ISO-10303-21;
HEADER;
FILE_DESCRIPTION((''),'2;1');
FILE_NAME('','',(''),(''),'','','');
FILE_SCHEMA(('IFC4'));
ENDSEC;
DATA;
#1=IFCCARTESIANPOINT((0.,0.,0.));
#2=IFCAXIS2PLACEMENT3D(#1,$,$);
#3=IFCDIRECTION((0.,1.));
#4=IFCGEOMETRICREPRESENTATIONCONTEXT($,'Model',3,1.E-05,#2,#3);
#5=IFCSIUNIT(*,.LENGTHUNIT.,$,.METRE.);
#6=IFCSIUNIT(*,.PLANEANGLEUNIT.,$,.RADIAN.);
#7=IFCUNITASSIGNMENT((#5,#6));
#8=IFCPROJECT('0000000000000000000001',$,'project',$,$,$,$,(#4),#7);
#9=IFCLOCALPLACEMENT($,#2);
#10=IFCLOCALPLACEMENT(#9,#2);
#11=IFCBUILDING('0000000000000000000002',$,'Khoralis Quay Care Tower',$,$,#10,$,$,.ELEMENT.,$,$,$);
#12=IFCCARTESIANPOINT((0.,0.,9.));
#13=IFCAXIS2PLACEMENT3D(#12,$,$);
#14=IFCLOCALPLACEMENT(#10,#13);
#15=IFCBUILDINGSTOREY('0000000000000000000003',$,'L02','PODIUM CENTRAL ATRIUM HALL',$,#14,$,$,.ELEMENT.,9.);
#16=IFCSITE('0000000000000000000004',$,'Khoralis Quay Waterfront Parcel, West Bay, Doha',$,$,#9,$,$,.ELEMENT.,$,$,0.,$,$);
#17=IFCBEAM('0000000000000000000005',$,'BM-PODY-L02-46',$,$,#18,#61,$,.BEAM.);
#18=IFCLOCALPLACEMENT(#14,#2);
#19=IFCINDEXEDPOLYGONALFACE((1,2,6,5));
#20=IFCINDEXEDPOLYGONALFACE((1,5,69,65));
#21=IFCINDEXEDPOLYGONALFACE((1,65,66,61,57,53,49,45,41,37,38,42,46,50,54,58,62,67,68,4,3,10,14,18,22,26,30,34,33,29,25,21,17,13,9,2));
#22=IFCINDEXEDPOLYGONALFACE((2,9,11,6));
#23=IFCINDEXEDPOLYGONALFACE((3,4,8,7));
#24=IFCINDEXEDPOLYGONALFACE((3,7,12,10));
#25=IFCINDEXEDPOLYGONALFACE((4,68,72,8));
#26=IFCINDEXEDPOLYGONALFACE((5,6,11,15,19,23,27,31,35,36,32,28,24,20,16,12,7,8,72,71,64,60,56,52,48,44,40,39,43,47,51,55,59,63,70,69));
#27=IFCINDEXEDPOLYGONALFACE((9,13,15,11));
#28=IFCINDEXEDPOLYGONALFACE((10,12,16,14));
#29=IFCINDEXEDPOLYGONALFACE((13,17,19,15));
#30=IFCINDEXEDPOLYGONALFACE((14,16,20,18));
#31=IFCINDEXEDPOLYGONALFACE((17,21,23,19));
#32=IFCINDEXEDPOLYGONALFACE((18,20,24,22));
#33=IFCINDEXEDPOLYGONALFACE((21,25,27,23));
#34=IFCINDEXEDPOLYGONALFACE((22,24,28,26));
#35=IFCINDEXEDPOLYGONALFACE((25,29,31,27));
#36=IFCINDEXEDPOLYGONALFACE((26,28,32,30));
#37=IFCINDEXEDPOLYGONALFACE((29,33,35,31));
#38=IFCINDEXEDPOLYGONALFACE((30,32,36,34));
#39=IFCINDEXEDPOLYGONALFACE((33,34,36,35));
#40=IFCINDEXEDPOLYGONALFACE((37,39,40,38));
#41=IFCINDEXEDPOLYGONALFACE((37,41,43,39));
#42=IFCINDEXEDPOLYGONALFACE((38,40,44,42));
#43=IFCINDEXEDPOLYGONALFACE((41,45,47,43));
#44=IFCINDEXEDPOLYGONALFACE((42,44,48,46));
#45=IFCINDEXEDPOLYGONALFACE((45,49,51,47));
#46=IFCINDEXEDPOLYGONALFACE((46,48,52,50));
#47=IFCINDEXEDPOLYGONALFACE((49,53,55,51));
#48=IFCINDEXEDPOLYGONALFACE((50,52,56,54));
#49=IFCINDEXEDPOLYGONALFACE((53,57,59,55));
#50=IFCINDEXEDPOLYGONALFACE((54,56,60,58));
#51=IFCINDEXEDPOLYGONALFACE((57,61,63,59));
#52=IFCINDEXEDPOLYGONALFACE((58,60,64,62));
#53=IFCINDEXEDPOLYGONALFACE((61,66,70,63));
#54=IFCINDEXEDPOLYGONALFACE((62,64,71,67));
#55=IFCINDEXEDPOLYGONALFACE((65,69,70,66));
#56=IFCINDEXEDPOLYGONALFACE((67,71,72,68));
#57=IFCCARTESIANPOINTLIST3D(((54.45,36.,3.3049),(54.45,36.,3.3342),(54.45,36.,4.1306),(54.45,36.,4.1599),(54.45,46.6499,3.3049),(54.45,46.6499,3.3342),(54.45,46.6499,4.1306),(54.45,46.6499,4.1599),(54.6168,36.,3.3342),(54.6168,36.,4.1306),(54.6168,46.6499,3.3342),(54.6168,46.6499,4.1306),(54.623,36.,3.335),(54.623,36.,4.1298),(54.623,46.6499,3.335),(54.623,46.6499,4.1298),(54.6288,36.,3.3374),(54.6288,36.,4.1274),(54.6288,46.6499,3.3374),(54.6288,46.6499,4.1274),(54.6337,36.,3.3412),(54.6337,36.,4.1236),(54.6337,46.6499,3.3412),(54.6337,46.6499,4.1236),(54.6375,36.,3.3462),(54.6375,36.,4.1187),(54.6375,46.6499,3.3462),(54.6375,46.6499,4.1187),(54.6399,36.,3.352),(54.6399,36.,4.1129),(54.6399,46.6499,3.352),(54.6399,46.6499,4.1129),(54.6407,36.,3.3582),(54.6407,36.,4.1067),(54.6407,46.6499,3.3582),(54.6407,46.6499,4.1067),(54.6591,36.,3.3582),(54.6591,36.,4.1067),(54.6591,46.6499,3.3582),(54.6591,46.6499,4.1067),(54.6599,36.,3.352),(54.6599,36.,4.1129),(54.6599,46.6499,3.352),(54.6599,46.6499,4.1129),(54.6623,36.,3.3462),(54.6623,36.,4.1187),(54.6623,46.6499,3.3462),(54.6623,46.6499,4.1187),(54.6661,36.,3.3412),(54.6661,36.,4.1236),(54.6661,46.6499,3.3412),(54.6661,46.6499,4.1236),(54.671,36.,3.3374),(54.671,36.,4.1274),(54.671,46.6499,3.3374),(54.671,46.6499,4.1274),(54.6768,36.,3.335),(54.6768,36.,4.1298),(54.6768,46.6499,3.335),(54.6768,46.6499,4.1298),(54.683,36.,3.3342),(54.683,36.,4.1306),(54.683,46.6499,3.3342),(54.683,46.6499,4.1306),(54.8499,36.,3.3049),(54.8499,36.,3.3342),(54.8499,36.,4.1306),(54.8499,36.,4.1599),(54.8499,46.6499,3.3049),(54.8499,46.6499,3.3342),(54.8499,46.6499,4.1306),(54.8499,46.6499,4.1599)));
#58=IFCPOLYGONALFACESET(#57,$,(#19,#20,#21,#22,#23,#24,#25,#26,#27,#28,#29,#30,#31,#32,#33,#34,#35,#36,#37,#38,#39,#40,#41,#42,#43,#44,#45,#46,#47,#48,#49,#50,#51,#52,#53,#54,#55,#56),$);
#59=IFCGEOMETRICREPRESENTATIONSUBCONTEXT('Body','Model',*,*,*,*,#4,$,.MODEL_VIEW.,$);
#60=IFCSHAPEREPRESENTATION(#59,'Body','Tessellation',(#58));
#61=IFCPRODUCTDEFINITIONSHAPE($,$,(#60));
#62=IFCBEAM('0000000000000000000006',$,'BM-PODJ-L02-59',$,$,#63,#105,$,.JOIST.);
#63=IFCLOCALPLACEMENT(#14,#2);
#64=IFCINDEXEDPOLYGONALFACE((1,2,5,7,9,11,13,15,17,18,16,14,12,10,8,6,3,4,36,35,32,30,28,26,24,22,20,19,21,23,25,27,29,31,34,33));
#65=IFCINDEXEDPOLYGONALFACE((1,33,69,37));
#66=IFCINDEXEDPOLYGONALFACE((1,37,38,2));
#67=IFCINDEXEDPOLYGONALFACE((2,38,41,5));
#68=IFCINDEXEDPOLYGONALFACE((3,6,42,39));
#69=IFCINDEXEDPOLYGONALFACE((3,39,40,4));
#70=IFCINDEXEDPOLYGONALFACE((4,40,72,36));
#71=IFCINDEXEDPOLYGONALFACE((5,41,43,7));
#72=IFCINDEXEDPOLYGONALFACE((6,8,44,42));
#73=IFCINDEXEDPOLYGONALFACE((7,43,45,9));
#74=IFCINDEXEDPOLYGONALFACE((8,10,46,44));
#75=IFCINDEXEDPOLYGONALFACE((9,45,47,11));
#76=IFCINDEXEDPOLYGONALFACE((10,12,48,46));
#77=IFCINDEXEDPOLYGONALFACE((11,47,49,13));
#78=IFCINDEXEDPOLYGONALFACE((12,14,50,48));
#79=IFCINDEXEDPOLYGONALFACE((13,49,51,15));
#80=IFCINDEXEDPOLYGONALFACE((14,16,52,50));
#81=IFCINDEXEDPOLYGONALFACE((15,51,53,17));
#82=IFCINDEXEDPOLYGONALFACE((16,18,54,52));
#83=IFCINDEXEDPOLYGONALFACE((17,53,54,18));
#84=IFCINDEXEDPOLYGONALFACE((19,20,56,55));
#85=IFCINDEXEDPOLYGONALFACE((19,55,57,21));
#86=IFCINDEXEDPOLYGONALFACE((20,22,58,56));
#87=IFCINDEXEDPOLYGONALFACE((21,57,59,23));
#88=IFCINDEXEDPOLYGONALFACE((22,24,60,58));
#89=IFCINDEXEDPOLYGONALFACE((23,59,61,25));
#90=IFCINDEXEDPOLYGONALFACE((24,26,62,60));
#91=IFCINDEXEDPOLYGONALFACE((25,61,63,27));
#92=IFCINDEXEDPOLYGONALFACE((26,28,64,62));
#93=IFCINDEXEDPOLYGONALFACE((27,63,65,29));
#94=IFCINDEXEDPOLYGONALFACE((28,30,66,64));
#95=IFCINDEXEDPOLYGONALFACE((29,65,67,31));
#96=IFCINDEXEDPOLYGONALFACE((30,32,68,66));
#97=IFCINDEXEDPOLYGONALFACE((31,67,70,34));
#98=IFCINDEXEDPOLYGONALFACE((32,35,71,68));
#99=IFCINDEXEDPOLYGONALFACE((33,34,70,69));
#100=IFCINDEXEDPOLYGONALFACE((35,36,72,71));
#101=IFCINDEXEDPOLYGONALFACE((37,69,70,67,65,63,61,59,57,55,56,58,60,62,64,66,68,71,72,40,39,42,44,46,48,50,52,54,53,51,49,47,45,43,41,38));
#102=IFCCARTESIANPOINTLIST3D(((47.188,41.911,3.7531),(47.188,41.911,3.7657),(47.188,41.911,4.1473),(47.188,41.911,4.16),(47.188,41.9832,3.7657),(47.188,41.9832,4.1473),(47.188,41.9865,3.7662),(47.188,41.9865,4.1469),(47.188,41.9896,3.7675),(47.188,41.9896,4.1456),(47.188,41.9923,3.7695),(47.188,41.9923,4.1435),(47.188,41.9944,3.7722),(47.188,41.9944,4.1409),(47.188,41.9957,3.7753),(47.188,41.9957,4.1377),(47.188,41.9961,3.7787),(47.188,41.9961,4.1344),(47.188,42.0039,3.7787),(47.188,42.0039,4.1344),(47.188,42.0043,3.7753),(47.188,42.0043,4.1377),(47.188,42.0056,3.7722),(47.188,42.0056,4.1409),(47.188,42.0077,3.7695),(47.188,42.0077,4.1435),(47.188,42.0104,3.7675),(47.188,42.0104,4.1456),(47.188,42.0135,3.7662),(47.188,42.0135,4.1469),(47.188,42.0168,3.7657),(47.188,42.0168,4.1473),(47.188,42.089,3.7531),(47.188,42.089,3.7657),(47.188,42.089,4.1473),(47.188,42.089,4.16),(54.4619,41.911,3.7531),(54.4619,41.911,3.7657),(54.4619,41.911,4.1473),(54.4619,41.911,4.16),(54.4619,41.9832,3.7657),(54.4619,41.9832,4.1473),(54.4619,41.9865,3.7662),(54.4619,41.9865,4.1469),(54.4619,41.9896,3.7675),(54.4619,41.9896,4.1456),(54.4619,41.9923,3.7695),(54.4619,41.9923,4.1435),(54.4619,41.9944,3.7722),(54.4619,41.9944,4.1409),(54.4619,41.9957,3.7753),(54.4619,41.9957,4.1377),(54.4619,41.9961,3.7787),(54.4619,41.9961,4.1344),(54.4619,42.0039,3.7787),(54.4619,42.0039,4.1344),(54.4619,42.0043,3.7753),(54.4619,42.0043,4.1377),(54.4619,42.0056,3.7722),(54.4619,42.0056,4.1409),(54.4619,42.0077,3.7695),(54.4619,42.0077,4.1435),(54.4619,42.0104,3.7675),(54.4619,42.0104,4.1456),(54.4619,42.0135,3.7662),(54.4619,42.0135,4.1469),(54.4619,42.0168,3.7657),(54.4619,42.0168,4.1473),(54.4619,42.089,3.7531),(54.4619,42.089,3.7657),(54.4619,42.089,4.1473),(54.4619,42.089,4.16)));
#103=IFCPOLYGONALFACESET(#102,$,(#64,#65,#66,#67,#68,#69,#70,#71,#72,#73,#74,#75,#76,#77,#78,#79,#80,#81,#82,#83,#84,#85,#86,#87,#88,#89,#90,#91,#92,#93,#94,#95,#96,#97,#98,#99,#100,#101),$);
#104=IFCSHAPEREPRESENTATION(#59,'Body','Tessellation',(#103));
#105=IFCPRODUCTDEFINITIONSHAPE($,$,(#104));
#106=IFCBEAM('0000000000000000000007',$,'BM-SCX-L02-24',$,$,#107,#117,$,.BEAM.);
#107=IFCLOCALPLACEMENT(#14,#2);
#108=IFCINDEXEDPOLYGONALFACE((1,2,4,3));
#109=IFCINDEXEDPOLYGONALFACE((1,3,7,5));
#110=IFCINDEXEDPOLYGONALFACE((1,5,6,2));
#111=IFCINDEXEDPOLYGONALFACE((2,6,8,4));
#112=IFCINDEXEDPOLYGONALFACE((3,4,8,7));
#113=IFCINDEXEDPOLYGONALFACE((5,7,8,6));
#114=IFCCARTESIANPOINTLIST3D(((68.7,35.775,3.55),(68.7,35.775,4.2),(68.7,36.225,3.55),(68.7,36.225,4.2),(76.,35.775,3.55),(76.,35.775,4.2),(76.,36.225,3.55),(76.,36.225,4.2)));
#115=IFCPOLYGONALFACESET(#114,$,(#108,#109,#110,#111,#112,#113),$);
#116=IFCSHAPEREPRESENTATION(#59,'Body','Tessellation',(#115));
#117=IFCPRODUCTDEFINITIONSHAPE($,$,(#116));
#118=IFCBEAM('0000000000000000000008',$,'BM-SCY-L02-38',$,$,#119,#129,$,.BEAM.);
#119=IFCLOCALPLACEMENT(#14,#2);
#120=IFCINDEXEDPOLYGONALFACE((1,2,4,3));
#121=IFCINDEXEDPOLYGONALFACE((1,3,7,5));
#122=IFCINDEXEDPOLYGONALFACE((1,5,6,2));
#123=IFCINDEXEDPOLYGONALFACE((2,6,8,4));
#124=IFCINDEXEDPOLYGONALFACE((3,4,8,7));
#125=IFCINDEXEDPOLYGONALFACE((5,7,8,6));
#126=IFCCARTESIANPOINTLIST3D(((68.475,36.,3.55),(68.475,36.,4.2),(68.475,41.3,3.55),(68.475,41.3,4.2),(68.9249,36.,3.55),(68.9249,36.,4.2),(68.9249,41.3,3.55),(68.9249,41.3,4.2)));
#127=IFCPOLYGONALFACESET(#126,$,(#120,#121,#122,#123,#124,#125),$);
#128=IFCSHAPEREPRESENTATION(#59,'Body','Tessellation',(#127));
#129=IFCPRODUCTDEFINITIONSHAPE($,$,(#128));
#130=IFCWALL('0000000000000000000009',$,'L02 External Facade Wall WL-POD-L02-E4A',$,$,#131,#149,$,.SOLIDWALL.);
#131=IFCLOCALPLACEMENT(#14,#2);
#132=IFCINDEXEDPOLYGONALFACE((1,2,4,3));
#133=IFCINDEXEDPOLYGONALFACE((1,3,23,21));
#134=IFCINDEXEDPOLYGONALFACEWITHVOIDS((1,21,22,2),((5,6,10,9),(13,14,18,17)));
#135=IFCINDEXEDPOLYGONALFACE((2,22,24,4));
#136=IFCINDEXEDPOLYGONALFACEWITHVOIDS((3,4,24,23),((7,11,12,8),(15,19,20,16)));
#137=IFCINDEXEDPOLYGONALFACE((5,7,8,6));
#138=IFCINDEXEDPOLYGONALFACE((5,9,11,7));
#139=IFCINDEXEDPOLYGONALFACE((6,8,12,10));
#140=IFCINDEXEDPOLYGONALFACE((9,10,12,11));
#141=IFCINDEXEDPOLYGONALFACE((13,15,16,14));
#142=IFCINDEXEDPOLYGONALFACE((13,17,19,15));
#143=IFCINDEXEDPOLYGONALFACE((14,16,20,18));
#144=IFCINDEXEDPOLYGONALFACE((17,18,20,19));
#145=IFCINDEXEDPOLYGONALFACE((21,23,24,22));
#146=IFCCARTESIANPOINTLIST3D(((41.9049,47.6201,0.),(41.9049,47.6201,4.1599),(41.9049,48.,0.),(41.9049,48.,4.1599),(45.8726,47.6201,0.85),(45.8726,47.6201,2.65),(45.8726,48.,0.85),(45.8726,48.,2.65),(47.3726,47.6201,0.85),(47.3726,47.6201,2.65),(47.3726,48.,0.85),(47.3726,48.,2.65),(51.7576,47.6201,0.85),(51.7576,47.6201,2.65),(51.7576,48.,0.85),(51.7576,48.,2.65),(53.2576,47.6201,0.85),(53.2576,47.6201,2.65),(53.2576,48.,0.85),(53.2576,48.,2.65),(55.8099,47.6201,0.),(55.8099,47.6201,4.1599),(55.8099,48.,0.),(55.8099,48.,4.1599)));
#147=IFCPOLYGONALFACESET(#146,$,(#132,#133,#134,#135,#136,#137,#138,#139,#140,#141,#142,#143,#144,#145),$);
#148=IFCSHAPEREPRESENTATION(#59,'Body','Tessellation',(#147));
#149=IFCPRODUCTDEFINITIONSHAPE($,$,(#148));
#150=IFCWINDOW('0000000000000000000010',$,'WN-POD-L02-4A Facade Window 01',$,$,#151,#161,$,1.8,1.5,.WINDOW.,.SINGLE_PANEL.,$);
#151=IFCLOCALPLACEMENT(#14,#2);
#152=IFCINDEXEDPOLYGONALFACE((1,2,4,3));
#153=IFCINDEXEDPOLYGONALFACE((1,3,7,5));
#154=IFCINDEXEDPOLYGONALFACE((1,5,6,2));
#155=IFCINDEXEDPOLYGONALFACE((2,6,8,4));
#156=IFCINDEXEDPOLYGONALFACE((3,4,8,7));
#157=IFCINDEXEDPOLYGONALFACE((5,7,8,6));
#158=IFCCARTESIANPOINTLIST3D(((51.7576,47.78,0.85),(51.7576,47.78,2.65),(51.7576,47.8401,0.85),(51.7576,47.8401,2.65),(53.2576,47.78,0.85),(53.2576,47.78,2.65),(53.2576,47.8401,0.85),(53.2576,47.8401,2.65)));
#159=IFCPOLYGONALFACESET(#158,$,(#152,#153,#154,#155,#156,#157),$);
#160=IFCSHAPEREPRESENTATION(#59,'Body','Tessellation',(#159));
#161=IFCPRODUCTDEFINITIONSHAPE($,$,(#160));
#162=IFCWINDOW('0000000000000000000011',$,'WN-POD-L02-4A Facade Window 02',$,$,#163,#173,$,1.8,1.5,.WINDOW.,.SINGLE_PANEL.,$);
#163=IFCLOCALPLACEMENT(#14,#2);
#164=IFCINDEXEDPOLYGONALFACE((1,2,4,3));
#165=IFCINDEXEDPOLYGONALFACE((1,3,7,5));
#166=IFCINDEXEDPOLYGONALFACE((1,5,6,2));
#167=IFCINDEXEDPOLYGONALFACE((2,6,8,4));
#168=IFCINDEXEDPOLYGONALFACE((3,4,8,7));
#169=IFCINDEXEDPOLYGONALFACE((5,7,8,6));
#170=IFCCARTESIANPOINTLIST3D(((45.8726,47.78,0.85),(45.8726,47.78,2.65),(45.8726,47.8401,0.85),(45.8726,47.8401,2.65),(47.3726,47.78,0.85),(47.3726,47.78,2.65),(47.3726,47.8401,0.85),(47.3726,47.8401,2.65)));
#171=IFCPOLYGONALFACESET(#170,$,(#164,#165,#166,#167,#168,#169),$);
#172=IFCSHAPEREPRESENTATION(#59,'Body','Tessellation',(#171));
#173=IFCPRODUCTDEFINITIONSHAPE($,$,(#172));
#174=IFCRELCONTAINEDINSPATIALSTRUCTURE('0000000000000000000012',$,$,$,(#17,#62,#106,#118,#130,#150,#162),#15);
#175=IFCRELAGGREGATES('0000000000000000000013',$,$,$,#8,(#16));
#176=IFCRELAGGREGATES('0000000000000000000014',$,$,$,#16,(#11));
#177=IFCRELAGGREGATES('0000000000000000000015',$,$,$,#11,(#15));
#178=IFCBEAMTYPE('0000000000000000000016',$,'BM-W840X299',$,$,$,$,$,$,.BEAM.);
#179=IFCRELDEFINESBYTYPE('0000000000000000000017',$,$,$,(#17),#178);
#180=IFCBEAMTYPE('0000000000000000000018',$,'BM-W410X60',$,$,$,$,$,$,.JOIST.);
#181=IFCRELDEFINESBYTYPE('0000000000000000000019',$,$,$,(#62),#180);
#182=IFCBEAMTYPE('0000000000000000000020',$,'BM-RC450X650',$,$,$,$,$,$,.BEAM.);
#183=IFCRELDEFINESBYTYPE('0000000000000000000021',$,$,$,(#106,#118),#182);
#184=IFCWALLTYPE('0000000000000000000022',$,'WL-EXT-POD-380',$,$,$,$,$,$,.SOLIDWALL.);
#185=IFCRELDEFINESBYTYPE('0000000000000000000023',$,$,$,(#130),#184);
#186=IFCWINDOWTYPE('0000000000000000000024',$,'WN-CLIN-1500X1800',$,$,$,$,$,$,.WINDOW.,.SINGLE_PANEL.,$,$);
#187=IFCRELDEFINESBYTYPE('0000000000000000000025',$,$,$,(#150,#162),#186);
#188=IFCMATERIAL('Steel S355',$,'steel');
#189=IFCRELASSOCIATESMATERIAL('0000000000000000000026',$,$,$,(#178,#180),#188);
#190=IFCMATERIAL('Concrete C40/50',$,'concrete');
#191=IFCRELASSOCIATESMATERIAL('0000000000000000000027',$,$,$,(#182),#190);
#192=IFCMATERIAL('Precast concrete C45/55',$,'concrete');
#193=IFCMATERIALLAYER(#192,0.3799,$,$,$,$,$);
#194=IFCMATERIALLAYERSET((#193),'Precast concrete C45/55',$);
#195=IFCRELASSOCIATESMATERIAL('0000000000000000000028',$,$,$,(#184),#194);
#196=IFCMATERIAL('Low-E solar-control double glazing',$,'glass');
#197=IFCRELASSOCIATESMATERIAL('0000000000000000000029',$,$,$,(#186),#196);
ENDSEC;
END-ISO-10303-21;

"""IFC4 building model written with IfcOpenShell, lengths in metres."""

from ifc_helpers import new_model, si_unit, direction, frame, frame_2d, origin, origin_2d, place, context, subcontext, project, spatial, rectangle, i_section, extrude, source, transform, mapped, material, layer, layer_set, material_profile, profile_set, type_object, element, fill, save


model = new_model("IFC4")

# Units and contexts
model_context = context("Model", 3, precision=1e-05, world=origin(), true_north=direction((0.0, 1.0)))
body_context = subcontext(model_context, "Body", "Model", "MODEL_VIEW")
ifc_project = project(units=[si_unit("LENGTHUNIT", "METRE"), si_unit("PLANEANGLEUNIT", "RADIAN")], contexts=[model_context])

# Site, building, storey
site_placement = place(None, origin())
site = spatial("IfcSite", under=ifc_project, at=site_placement, Name="Khoralis Quay Waterfront Parcel, West Bay, Doha", CompositionType="ELEMENT", RefElevation=0.0)
building_placement = place(site_placement, origin())
building = spatial("IfcBuilding", under=site, at=building_placement, Name="Khoralis Quay Care Tower", CompositionType="ELEMENT")
storey_placement = place(building_placement, frame((0.0, 0.0, 9.0)))
storey = spatial("IfcBuildingStorey", under=building, at=storey_placement, Name="L02", Description="PODIUM CENTRAL ATRIUM HALL", CompositionType="ELEMENT", Elevation=9.0)

# Shared definitions
ifc_material_1 = material(Name="Concrete C40/50", Category="concrete")

# Beams
ifc_material_2 = material(Name="Steel S355", Category="steel")
ifc_material_profile_1 = material_profile(ifc_material_2, i_section(OverallWidth=0.3999, OverallDepth=0.855, WebThickness=0.0183, FlangeThickness=0.0293, FilletRadius=0.0239, at=origin_2d()), Name="Steel S355")
ifc_profile_set_1 = profile_set([ifc_material_profile_1], Name="Steel S355")
beam_type_1 = type_object("IfcBeamType", Name="BM-W840X299", PredefinedType="BEAM", material=ifc_profile_set_1)
shared_shape_1 = source(origin(), body_context, "Body", "SweptSolid", [
    extrude(i_section(OverallWidth=0.3999, OverallDepth=0.855, WebThickness=0.0183, FlangeThickness=0.0293, FilletRadius=0.0239, at=origin_2d()), origin(), (0.0, 0.0, 1.0), 10.6499),
])
for number, where, z_axis, x_axis, name in (
    (1, (54.6499, 36.0, 3.7324), (0.0, 1.0, 0.0), (-1.0, 0.0, 0.0), "BM-PODY-L02-46"),
):
    element("IfcBeam", number, at=place(storey_placement, frame(where, z_axis=z_axis, x_axis=x_axis)), inside=storey, type_object=beam_type_1, Name=name, PredefinedType="BEAM", context=body_context, shape_type="MappedRepresentation", body=[
        mapped(shared_shape_1, transform((0.0, 0.0, 0.0), scale=1.0)),
    ])
ifc_material_profile_2 = material_profile(ifc_material_2, i_section(OverallWidth=0.178, OverallDepth=0.407, WebThickness=0.0078, FlangeThickness=0.0127, FilletRadius=0.0129, at=origin_2d()), Name="Steel S355")
ifc_profile_set_2 = profile_set([ifc_material_profile_2], Name="Steel S355")
beam_type_2 = type_object("IfcBeamType", Name="BM-W410X60", PredefinedType="JOIST", material=ifc_profile_set_2)
shared_shape_2 = source(origin(), body_context, "Body", "SweptSolid", [
    extrude(i_section(OverallWidth=0.178, OverallDepth=0.407, WebThickness=0.0078, FlangeThickness=0.0127, FilletRadius=0.0129, at=origin_2d()), origin(), (0.0, 0.0, 1.0), 7.2739),
])
beam_1_placement = place(storey_placement, frame((47.188, 42.0, 3.9565), z_axis=(1.0, 0.0, 0.0), x_axis=(0.0, 1.0, 0.0)))
element("IfcBeam", 2, at=beam_1_placement, inside=storey, type_object=beam_type_2, Name="BM-PODJ-L02-59", PredefinedType="JOIST", context=body_context, shape_type="MappedRepresentation", body=[
    mapped(shared_shape_2, transform((0.0, 0.0, 0.0), scale=1.0)),
])
ifc_material_profile_3 = material_profile(ifc_material_1, rectangle(XDim=0.45, YDim=0.6499, at=origin_2d()), Name="Concrete C40/50")
ifc_profile_set_3 = profile_set([ifc_material_profile_3], Name="Concrete C40/50")
beam_type_3 = type_object("IfcBeamType", Name="BM-RC450X650", PredefinedType="BEAM", material=ifc_profile_set_3)
shared_shape_3 = source(origin(), body_context, "Body", "SweptSolid", [
    extrude(rectangle(XDim=0.45, YDim=0.6499, at=origin_2d()), origin(), (0.0, 0.0, 1.0), 7.3),
])
beam_2_placement = place(storey_placement, frame((68.7, 36.0, 3.875), z_axis=(1.0, 0.0, 0.0), x_axis=(0.0, 1.0, 0.0)))
element("IfcBeam", 3, at=beam_2_placement, inside=storey, type_object=beam_type_3, Name="BM-SCX-L02-24", PredefinedType="BEAM", context=body_context, shape_type="MappedRepresentation", body=[
    mapped(shared_shape_3, transform((0.0, 0.0, 0.0), scale=1.0)),
])
shared_shape_4 = source(origin(), body_context, "Body", "SweptSolid", [
    extrude(rectangle(XDim=0.45, YDim=0.6499, at=origin_2d()), origin(), (0.0, 0.0, 1.0), 5.3),
])
beam_3_placement = place(storey_placement, frame((68.7, 36.0, 3.875), z_axis=(0.0, 1.0, 0.0), x_axis=(-1.0, 0.0, 0.0)))
element("IfcBeam", 4, at=beam_3_placement, inside=storey, type_object=beam_type_3, Name="BM-SCY-L02-38", PredefinedType="BEAM", context=body_context, shape_type="MappedRepresentation", body=[
    mapped(shared_shape_4, transform((0.0, 0.0, 0.0), scale=1.0)),
])

# Wall, openings, windows
ifc_material_3 = material(Name="Precast concrete C45/55", Category="concrete")
ifc_layer_1 = layer(ifc_material_3, 0.3799)
ifc_layer_set_1 = layer_set([ifc_layer_1], Name="Precast concrete C45/55")
wall_type_1 = type_object("IfcWallType", Name="WL-EXT-POD-380", PredefinedType="SOLIDWALL", material=ifc_layer_set_1)
wall_1_placement = place(storey_placement, frame((55.8101, 47.8101, 0.0), z_axis=(0.0, 0.0, 1.0), x_axis=(-1.0, 0.0, 0.0)))
wall_1 = element("IfcWall", 5, at=wall_1_placement, inside=storey, type_object=wall_type_1, Name="L02 External Facade Wall WL-POD-L02-E4A", PredefinedType="SOLIDWALL", context=body_context, shape_type="SweptSolid", body=[
    extrude(rectangle(XDim=13.905, YDim=0.3799, at=frame_2d((6.9526, 0.0))), origin(), (0.0, 0.0, 1.0), 4.1599),
])
opening_1_placement = place(wall_1_placement, frame((2.5525, 0.0, 0.8501)))
opening_1 = element("IfcOpeningElement", 6, at=opening_1_placement, cuts=wall_1, PredefinedType="OPENING", context=body_context, shape_type="SweptSolid", body=[
    extrude(rectangle(XDim=1.5, YDim=1.8, at=frame_2d((0.75, 0.8999))), frame((0.0, 0.2, 0.0), z_axis=(0.0, -1.0, 0.0), x_axis=(1.0, 0.0, 0.0)), (0.0, 0.0, 1.0), 0.3999),
])
opening_2_placement = place(wall_1_placement, frame((8.4375, 0.0, 0.8501)))
opening_2 = element("IfcOpeningElement", 7, at=opening_2_placement, cuts=wall_1, PredefinedType="OPENING", context=body_context, shape_type="SweptSolid", body=[
    extrude(rectangle(XDim=1.5, YDim=1.8, at=frame_2d((0.75, 0.8999))), frame((0.0, 0.2, 0.0), z_axis=(0.0, -1.0, 0.0), x_axis=(1.0, 0.0, 0.0)), (0.0, 0.0, 1.0), 0.3999),
])
ifc_material_4 = material(Name="Low-E solar-control double glazing", Category="glass")
window_type_1 = type_object("IfcWindowType", Name="WN-CLIN-1500X1800", PartitioningType="SINGLE_PANEL", PredefinedType="WINDOW", material=ifc_material_4)
shared_shape_5 = source(origin(), body_context, "Body", "SweptSolid", [
    extrude(rectangle(XDim=1.5, YDim=1.8, at=frame_2d((0.75, 0.8999))), frame((0.0, 0.03, 0.0), z_axis=(0.0, -1.0, 0.0), x_axis=(1.0, 0.0, 0.0)), (0.0, 0.0, 1.0), 0.0601),
])
window_1_placement = place(opening_1_placement, origin())
window_1 = element("IfcWindow", 8, at=window_1_placement, inside=storey, type_object=window_type_1, Name="WN-POD-L02-4A Facade Window 01", OverallHeight=1.8, OverallWidth=1.5, PartitioningType="SINGLE_PANEL", PredefinedType="WINDOW", context=body_context, shape_type="MappedRepresentation", body=[
    mapped(shared_shape_5, transform((0.0, 0.0, 0.0), scale=1.0)),
])
fill(opening_1, window_1)
window_2_placement = place(opening_2_placement, origin())
window_2 = element("IfcWindow", 9, at=window_2_placement, inside=storey, type_object=window_type_1, Name="WN-POD-L02-4A Facade Window 02", OverallHeight=1.8, OverallWidth=1.5, PartitioningType="SINGLE_PANEL", PredefinedType="WINDOW", context=body_context, shape_type="MappedRepresentation", body=[
    mapped(shared_shape_5, transform((0.0, 0.0, 0.0), scale=1.0)),
])
fill(opening_2, window_2)

save(model, "model.ifc")
